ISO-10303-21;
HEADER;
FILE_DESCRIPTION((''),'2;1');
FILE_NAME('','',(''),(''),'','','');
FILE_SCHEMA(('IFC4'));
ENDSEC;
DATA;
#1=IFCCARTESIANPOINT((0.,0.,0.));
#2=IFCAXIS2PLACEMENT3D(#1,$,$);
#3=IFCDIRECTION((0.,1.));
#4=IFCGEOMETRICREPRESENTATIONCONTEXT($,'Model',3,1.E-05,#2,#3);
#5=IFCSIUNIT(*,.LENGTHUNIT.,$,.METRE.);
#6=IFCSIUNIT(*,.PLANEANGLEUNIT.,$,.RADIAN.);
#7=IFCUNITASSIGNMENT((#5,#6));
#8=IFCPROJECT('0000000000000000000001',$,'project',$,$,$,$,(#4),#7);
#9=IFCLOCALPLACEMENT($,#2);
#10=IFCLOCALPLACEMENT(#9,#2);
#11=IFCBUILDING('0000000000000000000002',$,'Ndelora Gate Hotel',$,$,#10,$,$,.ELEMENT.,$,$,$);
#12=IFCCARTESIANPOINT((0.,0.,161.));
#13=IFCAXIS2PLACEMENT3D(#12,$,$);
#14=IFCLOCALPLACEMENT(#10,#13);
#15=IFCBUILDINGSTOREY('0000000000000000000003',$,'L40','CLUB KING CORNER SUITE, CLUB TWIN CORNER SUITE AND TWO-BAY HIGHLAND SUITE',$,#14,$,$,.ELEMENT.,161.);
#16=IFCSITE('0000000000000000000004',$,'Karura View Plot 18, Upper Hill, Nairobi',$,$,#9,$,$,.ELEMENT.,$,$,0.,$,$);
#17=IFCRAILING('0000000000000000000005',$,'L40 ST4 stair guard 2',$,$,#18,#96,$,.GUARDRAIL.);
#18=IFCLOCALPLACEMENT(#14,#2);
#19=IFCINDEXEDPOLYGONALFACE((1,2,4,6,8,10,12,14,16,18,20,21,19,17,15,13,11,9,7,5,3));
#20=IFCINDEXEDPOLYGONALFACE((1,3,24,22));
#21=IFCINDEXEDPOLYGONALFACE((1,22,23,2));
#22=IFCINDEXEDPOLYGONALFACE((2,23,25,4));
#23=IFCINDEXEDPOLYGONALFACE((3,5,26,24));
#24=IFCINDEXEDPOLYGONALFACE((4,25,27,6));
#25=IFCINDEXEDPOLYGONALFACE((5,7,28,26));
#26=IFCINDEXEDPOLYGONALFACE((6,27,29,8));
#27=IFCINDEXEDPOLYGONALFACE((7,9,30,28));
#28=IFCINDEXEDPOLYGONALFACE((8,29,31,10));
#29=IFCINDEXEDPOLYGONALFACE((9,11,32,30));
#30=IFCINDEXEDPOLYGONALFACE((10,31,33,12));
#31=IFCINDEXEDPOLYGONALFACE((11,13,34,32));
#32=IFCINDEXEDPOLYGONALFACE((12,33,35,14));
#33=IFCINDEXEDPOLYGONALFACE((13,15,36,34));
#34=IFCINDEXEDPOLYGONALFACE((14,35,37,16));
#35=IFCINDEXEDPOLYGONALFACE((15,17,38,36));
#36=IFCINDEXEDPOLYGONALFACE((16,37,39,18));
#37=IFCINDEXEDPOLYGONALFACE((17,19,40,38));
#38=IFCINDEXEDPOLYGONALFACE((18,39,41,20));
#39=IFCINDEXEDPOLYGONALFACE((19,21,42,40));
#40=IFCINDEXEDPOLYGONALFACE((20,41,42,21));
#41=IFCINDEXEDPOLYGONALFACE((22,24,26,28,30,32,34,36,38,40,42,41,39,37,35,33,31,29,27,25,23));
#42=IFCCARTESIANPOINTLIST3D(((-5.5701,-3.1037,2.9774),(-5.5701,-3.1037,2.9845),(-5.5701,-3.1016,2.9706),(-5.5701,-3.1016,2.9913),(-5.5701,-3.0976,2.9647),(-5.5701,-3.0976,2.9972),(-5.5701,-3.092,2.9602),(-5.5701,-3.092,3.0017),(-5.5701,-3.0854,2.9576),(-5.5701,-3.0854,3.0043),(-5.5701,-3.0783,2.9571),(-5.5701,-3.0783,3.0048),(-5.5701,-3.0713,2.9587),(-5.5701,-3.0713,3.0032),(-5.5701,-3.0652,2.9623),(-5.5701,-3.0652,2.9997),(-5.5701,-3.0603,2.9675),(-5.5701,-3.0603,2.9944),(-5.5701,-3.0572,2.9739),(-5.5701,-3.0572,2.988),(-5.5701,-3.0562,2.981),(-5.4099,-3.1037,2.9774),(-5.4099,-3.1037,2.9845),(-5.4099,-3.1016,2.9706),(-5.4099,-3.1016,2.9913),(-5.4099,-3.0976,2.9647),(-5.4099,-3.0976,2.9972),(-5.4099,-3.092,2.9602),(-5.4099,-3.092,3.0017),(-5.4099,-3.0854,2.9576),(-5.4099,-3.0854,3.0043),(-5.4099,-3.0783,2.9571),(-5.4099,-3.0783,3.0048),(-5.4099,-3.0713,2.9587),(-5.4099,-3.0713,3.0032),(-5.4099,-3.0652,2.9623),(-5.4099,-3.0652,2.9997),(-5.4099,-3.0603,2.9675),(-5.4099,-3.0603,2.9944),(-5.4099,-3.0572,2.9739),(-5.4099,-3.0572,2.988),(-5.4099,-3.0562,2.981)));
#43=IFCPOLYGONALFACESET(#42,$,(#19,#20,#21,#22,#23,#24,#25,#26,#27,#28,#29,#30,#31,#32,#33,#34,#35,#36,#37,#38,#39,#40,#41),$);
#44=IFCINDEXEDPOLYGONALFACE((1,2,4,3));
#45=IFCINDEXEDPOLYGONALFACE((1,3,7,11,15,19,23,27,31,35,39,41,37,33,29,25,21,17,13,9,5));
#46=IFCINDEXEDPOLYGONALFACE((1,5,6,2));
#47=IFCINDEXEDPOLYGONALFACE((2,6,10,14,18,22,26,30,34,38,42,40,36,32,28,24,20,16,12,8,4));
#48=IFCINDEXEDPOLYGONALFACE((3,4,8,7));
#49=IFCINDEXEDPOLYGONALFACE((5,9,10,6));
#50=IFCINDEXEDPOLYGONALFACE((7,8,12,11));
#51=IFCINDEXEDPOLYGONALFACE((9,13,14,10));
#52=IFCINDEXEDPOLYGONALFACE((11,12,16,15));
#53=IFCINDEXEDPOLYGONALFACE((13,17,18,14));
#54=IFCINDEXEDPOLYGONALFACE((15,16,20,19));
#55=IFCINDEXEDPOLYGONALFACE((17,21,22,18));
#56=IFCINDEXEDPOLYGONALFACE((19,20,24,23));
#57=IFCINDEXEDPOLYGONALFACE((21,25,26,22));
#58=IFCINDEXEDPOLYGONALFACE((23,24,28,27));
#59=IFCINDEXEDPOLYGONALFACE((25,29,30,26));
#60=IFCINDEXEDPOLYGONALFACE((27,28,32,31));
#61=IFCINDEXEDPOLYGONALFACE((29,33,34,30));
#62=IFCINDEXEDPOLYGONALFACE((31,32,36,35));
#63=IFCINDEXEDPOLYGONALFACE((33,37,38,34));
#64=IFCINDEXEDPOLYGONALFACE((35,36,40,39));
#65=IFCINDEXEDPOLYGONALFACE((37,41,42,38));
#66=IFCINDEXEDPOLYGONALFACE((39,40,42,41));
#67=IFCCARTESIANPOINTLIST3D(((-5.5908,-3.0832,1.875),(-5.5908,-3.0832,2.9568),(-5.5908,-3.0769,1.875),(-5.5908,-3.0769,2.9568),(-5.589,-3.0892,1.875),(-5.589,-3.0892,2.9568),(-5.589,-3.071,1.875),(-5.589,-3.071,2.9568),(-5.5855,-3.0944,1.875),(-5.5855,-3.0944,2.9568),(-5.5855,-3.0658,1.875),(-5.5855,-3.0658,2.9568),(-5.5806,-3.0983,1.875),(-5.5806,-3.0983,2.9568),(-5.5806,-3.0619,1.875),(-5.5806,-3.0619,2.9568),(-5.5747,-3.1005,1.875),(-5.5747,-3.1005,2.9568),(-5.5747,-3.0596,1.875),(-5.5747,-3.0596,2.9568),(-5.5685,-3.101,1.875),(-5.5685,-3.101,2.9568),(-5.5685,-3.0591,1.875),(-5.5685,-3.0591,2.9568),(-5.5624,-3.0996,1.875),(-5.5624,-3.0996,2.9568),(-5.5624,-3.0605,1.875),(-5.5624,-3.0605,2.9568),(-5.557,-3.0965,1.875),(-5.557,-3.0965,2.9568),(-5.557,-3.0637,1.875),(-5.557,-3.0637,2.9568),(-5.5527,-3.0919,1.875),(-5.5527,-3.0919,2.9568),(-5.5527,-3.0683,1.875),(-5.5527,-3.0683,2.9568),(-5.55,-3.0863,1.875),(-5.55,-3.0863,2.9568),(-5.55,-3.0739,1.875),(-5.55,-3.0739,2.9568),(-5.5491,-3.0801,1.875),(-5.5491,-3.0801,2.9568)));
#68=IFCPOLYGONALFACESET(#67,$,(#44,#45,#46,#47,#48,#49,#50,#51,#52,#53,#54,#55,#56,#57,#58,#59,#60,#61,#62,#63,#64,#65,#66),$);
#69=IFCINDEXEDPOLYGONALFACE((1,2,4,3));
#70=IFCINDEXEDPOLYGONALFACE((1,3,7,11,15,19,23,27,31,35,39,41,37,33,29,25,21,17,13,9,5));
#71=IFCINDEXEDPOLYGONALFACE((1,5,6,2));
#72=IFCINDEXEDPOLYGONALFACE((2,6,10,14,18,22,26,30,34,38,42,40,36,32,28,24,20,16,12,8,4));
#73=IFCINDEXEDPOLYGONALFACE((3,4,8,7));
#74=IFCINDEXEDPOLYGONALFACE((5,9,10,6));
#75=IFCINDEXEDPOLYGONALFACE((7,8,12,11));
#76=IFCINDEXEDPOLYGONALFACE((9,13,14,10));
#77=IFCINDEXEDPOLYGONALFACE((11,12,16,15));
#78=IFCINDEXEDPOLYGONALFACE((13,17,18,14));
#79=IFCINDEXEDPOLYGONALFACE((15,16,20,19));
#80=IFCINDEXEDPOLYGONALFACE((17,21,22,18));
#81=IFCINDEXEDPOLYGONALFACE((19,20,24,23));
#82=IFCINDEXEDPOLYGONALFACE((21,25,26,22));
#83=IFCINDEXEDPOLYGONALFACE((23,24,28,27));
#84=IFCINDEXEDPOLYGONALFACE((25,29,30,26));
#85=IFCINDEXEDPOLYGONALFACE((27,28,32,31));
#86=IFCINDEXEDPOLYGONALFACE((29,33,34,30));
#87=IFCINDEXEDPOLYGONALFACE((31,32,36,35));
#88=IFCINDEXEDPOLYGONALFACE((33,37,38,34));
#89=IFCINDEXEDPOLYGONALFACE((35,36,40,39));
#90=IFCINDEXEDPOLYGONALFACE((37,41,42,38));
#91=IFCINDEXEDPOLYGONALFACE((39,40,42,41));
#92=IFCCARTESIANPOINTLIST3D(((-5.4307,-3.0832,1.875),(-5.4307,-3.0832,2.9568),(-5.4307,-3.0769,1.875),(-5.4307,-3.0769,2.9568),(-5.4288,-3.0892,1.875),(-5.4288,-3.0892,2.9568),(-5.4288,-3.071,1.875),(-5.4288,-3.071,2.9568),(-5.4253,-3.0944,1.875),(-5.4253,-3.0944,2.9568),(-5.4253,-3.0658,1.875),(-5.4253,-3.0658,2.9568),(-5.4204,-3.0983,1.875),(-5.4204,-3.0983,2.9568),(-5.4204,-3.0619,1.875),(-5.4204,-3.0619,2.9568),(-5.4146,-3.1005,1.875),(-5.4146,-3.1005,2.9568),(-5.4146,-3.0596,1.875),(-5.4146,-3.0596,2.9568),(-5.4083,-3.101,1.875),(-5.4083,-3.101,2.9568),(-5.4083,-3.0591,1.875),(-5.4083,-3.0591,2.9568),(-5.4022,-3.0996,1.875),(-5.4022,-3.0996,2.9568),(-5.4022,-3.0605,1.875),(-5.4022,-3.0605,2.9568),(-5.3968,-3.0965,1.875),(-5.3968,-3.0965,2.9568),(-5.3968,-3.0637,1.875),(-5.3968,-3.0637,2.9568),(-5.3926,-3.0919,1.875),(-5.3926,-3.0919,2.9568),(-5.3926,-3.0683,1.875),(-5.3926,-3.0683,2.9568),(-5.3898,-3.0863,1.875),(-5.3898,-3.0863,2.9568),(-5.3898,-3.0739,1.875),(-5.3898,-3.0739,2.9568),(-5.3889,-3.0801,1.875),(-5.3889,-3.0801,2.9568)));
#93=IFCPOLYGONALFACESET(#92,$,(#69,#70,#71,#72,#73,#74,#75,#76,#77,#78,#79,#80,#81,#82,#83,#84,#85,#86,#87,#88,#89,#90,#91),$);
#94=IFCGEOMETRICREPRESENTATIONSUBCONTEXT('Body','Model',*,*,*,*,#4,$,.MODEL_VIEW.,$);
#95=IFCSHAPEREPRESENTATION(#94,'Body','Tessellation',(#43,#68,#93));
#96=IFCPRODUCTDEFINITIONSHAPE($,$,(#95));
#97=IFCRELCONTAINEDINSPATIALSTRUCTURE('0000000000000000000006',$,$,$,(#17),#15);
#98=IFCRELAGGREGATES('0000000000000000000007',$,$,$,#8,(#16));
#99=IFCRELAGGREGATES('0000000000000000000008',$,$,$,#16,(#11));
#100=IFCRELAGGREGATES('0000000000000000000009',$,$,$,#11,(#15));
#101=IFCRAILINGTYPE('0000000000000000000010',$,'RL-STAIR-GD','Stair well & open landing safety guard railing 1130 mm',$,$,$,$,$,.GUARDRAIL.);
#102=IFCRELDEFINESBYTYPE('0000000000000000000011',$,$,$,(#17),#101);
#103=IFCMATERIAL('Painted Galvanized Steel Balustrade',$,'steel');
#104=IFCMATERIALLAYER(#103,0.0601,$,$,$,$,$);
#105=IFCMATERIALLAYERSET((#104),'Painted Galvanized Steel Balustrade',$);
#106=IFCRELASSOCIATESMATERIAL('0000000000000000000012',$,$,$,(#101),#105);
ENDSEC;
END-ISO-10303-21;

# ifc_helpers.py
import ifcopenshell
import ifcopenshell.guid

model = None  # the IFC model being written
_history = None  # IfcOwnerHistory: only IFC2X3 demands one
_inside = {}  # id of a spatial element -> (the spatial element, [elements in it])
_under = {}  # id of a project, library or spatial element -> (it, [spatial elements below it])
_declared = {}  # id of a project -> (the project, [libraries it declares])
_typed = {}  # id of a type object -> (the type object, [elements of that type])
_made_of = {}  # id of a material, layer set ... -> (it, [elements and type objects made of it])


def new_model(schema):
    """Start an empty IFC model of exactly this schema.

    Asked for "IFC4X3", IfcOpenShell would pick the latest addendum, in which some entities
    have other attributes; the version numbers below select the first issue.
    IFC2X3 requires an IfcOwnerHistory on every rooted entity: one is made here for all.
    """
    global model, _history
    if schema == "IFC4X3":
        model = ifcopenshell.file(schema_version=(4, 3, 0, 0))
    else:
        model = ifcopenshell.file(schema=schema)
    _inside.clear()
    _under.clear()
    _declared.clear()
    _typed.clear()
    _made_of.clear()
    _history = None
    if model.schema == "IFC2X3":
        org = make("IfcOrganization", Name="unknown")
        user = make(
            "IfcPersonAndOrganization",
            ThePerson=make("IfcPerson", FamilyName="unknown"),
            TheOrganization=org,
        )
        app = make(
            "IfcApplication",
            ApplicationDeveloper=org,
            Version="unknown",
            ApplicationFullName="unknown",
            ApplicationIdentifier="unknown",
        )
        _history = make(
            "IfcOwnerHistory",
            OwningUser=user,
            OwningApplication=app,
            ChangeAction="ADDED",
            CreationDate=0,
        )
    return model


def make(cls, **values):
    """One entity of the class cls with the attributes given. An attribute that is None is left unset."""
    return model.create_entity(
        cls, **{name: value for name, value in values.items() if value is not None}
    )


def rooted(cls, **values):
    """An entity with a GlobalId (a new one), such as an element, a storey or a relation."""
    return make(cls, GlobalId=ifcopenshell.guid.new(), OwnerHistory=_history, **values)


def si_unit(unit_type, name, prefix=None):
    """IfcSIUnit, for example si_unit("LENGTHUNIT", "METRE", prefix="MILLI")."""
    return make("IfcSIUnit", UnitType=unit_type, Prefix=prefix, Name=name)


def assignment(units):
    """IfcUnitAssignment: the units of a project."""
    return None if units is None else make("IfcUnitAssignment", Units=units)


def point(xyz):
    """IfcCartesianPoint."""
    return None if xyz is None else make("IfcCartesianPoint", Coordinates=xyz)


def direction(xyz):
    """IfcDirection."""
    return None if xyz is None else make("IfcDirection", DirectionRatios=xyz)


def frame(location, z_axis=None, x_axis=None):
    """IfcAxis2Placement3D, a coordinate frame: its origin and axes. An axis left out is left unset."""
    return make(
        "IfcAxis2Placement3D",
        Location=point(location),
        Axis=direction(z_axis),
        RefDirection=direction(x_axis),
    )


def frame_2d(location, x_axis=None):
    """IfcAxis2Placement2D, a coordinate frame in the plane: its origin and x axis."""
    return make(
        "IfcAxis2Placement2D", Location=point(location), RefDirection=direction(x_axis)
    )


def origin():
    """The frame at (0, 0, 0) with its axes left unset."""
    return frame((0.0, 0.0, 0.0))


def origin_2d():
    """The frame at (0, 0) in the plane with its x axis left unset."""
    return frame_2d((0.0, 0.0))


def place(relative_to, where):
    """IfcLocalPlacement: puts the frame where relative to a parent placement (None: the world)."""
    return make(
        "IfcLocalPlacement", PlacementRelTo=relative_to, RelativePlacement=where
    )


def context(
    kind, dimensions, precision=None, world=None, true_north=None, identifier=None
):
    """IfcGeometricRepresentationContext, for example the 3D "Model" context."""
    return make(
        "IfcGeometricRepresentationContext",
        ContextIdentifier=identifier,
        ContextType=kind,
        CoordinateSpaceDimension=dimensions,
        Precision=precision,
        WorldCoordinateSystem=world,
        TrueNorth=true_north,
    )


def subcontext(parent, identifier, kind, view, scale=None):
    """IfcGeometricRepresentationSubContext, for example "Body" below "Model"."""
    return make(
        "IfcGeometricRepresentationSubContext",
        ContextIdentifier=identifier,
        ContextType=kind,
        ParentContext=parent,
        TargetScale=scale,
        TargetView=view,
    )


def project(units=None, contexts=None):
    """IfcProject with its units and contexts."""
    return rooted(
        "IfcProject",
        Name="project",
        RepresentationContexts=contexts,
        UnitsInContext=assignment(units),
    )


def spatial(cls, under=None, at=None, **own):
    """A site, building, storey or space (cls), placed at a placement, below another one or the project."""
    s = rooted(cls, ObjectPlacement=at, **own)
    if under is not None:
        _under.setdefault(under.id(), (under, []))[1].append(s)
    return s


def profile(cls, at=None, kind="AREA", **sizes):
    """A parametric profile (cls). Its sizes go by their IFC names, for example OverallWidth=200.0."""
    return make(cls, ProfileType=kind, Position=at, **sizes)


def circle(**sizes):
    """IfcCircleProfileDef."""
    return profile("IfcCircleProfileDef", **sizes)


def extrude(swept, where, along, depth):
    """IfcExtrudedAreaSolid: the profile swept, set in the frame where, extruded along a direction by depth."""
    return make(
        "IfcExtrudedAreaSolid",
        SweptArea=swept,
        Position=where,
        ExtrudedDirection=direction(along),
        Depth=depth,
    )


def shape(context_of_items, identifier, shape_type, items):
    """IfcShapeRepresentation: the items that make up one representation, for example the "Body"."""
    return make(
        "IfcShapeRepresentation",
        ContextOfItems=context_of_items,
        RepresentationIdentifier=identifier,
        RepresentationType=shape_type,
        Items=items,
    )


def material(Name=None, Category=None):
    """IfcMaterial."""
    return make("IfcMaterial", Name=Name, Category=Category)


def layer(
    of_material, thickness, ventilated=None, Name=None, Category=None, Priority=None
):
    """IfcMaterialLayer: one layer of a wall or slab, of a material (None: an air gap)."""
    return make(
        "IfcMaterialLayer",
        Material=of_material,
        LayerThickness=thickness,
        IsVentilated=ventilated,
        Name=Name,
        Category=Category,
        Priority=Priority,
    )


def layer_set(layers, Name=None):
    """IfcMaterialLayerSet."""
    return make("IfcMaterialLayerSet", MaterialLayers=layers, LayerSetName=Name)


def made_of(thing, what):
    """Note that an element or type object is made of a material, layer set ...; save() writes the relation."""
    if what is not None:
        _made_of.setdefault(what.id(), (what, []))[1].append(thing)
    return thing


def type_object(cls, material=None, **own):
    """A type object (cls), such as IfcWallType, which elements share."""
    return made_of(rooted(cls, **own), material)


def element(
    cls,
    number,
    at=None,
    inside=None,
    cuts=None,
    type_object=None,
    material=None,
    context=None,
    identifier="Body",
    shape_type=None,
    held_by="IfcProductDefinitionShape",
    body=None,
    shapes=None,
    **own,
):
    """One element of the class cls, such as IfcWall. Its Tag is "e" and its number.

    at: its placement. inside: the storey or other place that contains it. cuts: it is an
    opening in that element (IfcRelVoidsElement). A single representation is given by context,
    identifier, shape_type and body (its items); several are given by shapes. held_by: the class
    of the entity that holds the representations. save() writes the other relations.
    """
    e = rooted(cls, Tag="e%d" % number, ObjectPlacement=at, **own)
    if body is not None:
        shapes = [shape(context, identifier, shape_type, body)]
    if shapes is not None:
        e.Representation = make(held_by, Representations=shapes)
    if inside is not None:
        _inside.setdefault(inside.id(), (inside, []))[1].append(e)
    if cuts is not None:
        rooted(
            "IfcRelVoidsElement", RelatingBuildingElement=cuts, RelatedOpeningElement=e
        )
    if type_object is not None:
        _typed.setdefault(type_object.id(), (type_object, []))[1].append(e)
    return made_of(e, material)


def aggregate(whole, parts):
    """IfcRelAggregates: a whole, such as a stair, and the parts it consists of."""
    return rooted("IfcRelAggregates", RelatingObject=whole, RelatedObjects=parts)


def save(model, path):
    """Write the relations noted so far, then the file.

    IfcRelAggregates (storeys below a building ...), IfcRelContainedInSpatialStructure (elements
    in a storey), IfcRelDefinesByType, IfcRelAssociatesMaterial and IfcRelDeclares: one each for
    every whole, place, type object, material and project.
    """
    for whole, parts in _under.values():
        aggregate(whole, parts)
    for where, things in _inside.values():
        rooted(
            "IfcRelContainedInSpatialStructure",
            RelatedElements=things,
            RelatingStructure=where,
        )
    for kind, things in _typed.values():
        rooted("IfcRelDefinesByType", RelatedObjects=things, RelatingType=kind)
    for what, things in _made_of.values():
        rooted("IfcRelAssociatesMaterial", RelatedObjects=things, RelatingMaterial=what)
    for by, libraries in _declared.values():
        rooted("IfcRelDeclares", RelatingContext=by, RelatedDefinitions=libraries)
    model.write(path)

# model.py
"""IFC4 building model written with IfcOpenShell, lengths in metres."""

from ifc_helpers import new_model, si_unit, direction, frame, origin, origin_2d, place, context, subcontext, project, spatial, circle, extrude, material, layer, layer_set, type_object, element, save


model = new_model("IFC4")

# Units and contexts
model_context = context("Model", 3, precision=1e-05, world=origin(), true_north=direction((0.0, 1.0)))
body_context = subcontext(model_context, "Body", "Model", "MODEL_VIEW")
ifc_project = project(units=[si_unit("LENGTHUNIT", "METRE"), si_unit("PLANEANGLEUNIT", "RADIAN")], contexts=[model_context])

# Site, building, storey
site_placement = place(None, origin())
site = spatial("IfcSite", under=ifc_project, at=site_placement, Name="Karura View Plot 18, Upper Hill, Nairobi", CompositionType="ELEMENT", RefElevation=0.0)
building_placement = place(site_placement, origin())
building = spatial("IfcBuilding", under=site, at=building_placement, Name="Ndelora Gate Hotel", CompositionType="ELEMENT")
storey_placement = place(building_placement, frame((0.0, 0.0, 161.0)))
storey = spatial("IfcBuildingStorey", under=building, at=storey_placement, Name="L40", Description="CLUB KING CORNER SUITE, CLUB TWIN CORNER SUITE AND TWO-BAY HIGHLAND SUITE", CompositionType="ELEMENT", Elevation=161.0)

# Railing
ifc_material_1 = material(Name="Painted Galvanized Steel Balustrade", Category="steel")
ifc_layer_1 = layer(ifc_material_1, 0.0601)
ifc_layer_set_1 = layer_set([ifc_layer_1], Name="Painted Galvanized Steel Balustrade")
railing_type_1 = type_object("IfcRailingType", Name="RL-STAIR-GD", Description="Stair well & open landing safety guard railing 1130 mm", PredefinedType="GUARDRAIL", material=ifc_layer_set_1)
railing_1_placement = place(storey_placement, frame((-5.5701, -3.0801, 1.875)))
element("IfcRailing", 1, at=railing_1_placement, inside=storey, type_object=railing_type_1, Name="L40 ST4 stair guard 2", PredefinedType="GUARDRAIL", context=body_context, shape_type="SweptSolid", body=[
    extrude(circle(Radius=0.0239, at=origin_2d()), frame((0.0, 0.0, 1.106), z_axis=(1.0, 0.0, 0.0), x_axis=(0.0, 1.0, 0.0)), (0.0, 0.0, 1.0), 0.1602),
    extrude(circle(Radius=0.021, at=origin_2d()), origin(), (0.0, 0.0, 1.0), 1.0818),
    extrude(circle(Radius=0.021, at=origin_2d()), frame((0.1602, 0.0, 0.0)), (0.0, 0.0, 1.0), 1.0818),
])

save(model, "model.ifc")
